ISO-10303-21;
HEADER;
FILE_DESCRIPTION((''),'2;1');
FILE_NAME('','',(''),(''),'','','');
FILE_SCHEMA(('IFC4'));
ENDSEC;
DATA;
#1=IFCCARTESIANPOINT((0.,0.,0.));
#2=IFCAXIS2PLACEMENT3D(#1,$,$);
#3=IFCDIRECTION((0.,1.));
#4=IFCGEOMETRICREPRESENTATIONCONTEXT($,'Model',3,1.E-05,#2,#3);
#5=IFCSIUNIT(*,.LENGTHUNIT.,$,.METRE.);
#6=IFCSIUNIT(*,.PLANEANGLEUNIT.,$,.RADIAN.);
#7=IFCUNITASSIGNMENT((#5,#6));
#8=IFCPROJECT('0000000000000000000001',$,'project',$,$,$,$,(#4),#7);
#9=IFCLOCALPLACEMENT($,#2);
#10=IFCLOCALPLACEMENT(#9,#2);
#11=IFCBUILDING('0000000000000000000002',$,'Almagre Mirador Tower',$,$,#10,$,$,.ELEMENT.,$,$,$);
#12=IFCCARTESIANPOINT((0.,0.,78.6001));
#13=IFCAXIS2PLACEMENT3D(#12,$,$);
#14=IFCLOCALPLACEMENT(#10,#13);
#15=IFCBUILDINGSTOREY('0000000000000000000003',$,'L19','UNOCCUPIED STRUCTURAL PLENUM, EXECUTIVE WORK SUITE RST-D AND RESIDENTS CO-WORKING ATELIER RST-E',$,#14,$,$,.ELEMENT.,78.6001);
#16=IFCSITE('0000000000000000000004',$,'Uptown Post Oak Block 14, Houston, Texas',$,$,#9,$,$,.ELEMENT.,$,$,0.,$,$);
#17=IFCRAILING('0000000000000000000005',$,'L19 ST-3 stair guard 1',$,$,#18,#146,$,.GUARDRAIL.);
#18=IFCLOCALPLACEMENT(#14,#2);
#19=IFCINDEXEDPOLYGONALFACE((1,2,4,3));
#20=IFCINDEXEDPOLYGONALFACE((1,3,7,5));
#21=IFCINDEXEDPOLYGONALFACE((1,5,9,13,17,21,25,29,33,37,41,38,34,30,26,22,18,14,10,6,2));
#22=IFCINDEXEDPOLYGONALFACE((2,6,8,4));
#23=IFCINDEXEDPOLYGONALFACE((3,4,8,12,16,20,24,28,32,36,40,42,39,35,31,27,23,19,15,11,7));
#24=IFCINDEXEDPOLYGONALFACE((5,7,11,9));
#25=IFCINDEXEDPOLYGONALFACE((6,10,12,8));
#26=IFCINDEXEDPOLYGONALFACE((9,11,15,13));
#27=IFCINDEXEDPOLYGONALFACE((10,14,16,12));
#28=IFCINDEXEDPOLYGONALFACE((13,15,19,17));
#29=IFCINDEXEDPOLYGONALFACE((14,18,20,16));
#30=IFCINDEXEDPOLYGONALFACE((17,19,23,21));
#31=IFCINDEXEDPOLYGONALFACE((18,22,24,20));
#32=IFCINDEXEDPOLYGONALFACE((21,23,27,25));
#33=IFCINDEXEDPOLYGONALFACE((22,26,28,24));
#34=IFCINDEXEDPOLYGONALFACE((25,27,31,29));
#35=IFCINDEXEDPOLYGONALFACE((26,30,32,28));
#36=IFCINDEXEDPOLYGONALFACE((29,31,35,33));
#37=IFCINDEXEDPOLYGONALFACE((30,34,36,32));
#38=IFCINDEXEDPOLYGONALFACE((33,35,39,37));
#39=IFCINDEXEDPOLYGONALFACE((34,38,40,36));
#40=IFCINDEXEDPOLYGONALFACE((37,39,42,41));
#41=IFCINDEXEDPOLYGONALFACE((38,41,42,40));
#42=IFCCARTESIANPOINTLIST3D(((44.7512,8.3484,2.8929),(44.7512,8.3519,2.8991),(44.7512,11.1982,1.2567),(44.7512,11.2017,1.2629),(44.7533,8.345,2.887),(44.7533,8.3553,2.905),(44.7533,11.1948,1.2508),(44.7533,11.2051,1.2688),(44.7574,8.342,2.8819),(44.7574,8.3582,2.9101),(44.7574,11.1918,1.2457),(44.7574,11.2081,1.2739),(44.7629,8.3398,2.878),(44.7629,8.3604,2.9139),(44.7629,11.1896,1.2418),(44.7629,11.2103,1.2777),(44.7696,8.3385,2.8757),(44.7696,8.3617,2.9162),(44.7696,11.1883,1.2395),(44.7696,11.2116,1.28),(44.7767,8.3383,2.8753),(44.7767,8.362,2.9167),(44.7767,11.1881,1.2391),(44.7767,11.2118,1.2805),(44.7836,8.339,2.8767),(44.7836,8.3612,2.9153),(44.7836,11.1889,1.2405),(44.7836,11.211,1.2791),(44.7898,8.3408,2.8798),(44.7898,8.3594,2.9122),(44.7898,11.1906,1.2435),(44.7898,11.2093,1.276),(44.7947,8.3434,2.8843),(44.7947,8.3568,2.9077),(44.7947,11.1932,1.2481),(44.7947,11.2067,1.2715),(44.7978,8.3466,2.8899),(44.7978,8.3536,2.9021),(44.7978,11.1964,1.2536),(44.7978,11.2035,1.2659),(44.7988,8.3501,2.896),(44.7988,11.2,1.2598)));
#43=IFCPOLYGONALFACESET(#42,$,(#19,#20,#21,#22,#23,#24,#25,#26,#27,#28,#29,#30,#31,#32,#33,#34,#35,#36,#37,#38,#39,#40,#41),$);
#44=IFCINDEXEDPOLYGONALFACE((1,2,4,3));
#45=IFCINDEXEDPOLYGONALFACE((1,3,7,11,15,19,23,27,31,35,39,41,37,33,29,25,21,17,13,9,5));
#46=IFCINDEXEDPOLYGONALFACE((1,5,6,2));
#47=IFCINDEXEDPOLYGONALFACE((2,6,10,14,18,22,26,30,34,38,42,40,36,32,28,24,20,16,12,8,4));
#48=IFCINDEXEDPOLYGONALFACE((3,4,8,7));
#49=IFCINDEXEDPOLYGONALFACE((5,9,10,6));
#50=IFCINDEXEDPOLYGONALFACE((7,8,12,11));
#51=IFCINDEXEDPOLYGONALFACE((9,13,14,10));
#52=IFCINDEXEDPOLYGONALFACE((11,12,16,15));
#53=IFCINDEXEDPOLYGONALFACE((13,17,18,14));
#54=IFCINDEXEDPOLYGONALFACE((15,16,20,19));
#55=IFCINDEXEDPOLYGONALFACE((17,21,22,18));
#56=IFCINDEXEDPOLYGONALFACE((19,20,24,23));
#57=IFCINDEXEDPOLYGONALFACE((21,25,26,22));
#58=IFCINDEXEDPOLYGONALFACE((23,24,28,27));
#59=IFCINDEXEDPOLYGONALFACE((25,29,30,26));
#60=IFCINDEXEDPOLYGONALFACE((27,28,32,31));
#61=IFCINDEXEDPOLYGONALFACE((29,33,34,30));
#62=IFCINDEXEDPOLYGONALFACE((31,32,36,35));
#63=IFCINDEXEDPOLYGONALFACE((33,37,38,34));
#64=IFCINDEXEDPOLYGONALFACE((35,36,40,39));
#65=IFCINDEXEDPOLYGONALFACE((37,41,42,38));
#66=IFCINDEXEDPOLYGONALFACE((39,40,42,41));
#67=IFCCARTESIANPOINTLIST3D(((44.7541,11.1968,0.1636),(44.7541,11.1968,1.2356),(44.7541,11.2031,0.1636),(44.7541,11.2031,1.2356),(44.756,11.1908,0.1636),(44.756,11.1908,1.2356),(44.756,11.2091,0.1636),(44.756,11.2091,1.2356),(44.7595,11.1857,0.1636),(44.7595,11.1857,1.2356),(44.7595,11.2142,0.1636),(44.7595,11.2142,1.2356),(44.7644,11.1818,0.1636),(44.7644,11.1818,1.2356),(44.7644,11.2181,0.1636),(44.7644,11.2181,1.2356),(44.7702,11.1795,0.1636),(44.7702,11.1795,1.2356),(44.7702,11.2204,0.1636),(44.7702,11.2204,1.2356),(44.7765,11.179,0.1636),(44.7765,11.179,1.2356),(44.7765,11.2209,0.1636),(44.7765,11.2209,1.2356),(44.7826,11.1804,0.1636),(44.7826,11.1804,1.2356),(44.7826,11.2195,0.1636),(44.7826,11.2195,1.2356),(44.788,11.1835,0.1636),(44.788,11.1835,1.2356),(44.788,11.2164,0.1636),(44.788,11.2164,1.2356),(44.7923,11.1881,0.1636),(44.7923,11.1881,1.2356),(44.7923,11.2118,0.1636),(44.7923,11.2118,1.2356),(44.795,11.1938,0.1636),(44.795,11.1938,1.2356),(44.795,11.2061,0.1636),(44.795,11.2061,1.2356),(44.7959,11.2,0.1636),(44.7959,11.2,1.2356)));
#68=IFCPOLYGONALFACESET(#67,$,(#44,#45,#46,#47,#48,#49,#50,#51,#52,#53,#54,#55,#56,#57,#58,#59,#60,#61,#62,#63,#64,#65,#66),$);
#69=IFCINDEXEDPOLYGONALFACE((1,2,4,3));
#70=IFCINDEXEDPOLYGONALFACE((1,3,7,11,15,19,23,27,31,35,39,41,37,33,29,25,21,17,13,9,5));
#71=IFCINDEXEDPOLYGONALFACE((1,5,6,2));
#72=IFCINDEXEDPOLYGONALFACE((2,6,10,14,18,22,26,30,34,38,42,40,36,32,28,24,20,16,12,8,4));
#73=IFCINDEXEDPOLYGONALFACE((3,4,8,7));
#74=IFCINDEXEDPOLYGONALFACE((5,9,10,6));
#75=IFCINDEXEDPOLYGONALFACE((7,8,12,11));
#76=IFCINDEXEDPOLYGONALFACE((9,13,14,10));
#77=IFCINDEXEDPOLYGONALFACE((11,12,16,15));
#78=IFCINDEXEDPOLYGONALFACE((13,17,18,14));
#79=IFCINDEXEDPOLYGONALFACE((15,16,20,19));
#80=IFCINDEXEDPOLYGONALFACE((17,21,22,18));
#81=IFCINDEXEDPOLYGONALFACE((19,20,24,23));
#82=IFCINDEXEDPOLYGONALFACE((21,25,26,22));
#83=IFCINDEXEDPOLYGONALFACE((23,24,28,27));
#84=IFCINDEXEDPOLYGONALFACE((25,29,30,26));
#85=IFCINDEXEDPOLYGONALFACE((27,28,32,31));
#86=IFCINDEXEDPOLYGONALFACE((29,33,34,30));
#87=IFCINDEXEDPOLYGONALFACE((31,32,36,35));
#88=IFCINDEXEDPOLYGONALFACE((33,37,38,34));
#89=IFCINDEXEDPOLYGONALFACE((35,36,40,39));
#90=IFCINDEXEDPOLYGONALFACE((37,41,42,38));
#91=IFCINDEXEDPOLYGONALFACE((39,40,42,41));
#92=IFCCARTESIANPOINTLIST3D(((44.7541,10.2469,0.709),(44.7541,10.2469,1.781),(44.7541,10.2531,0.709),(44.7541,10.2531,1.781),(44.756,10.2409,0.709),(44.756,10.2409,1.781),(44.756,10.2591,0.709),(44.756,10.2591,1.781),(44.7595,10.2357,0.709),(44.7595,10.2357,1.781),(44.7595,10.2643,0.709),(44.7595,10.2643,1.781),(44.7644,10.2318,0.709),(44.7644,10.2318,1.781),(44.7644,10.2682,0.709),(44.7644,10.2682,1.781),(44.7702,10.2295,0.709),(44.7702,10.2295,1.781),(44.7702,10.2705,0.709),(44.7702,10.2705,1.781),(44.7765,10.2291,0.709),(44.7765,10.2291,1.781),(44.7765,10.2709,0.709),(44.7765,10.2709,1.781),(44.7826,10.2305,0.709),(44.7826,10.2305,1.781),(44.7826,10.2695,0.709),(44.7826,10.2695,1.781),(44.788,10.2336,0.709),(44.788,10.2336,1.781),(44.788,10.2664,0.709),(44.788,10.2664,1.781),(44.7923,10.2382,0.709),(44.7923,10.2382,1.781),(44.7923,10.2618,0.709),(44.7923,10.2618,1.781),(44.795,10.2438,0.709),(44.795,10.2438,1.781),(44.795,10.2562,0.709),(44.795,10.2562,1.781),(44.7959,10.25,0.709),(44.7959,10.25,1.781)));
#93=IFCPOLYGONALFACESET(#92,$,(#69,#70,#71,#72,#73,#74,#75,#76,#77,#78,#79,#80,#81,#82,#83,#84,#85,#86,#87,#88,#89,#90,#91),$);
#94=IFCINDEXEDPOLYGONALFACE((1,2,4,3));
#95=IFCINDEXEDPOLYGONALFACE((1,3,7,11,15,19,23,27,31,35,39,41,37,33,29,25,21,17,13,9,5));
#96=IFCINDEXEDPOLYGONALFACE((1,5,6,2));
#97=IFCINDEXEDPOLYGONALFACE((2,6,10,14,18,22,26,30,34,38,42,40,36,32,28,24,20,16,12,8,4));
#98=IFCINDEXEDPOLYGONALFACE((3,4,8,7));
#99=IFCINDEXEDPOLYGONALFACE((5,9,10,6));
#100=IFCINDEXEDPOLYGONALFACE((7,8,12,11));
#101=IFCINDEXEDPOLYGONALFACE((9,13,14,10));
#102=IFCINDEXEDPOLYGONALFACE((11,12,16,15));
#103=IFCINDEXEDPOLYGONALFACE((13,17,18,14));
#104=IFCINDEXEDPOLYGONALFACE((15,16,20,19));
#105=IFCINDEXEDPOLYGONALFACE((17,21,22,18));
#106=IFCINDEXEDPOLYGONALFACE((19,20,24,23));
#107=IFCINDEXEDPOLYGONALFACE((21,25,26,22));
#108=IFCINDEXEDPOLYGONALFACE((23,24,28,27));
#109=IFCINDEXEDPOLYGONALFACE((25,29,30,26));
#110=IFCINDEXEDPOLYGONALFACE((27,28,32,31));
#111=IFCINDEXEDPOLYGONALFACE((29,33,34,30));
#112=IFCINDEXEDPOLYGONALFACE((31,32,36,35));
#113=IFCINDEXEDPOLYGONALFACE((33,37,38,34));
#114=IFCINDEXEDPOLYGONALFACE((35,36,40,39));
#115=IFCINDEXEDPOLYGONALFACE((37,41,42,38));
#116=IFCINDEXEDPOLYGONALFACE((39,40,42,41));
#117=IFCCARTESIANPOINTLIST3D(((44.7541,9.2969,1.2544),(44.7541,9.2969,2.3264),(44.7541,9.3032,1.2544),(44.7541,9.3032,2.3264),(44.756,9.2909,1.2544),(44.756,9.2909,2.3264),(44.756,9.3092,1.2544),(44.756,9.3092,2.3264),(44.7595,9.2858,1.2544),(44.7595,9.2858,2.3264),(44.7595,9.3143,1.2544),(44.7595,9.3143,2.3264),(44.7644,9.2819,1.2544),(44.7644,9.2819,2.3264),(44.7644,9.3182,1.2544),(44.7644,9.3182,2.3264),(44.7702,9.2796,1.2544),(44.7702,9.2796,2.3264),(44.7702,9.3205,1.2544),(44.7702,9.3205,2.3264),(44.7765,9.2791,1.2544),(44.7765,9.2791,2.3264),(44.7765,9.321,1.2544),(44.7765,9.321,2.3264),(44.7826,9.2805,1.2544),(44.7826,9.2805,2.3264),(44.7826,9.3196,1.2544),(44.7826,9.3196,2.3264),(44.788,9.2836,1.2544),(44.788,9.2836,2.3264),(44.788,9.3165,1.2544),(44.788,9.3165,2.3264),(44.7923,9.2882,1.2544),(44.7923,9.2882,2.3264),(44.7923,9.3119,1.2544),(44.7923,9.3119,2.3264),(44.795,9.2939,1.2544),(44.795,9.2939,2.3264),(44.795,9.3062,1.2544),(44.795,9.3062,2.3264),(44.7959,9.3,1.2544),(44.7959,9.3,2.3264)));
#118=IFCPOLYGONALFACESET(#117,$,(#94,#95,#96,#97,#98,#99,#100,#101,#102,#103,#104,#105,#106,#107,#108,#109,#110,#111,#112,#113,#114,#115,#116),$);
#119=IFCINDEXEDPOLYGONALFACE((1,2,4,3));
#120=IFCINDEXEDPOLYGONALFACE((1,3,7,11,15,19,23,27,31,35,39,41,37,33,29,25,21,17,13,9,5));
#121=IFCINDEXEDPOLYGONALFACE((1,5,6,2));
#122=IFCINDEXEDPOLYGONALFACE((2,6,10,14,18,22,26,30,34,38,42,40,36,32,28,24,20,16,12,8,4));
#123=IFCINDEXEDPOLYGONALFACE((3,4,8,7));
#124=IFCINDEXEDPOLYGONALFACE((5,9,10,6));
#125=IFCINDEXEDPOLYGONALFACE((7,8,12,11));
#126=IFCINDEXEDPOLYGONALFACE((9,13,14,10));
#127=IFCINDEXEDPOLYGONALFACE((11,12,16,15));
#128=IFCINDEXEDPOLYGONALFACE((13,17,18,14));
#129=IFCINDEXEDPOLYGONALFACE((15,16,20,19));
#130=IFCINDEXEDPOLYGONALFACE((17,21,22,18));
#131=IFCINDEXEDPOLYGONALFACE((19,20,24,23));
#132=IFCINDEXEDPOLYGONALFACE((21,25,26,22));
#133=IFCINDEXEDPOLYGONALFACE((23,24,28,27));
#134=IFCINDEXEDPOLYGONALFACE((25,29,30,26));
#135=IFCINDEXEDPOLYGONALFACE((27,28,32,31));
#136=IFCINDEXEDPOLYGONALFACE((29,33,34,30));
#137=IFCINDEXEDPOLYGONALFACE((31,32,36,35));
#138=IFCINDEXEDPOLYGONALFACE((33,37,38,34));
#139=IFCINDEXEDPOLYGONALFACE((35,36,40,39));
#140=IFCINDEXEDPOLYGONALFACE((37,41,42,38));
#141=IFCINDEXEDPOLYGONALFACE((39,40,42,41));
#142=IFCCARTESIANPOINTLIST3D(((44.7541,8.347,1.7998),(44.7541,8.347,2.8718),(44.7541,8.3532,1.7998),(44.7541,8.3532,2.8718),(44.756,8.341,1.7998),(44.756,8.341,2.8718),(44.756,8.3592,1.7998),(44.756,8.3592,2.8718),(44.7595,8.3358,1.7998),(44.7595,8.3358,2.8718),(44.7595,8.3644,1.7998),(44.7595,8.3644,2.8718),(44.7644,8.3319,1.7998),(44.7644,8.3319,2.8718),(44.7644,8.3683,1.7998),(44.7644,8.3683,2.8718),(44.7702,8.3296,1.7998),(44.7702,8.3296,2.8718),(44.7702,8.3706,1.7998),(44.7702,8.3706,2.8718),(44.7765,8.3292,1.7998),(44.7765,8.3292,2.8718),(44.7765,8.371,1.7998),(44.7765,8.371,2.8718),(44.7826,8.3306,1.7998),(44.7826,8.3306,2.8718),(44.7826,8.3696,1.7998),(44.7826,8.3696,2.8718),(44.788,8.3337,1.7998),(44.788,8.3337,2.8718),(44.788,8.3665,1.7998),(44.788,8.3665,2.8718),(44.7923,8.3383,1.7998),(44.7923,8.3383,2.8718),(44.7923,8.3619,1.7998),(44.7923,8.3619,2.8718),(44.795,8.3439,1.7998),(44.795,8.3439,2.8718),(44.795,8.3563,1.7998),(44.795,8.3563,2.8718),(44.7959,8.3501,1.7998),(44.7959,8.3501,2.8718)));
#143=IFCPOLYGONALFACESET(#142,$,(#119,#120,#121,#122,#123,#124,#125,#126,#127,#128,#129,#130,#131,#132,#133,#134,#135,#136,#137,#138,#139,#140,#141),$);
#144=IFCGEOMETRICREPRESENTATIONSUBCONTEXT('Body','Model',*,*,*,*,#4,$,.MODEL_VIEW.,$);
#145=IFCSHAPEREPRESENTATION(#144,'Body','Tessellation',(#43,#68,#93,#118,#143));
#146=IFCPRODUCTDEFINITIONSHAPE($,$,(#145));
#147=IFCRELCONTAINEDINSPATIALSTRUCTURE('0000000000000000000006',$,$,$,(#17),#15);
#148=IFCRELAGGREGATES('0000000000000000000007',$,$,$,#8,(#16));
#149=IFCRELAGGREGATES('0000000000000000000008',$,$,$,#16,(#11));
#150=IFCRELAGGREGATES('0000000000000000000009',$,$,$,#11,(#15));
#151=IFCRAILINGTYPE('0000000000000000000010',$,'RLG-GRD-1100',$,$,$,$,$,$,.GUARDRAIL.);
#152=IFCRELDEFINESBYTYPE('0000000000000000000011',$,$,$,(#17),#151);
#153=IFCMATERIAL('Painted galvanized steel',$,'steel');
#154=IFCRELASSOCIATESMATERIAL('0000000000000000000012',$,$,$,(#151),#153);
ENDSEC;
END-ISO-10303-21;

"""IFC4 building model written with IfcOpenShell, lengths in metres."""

from ifc_helpers import new_model, si_unit, direction, frame, origin, origin_2d, place, context, subcontext, project, spatial, circle, extrude, material, type_object, element, save


model = new_model("IFC4")

# Units and contexts
model_context = context("Model", 3, precision=1e-05, world=origin(), true_north=direction((0.0, 1.0)))
body_context = subcontext(model_context, "Body", "Model", "MODEL_VIEW")
ifc_project = project(units=[si_unit("LENGTHUNIT", "METRE"), si_unit("PLANEANGLEUNIT", "RADIAN")], contexts=[model_context])

# Site, building, storey
site_placement = place(None, origin())
site = spatial("IfcSite", under=ifc_project, at=site_placement, Name="Uptown Post Oak Block 14, Houston, Texas", CompositionType="ELEMENT", RefElevation=0.0)
building_placement = place(site_placement, origin())
building = spatial("IfcBuilding", under=site, at=building_placement, Name="Almagre Mirador Tower", CompositionType="ELEMENT")
storey_placement = place(building_placement, frame((0.0, 0.0, 78.6001)))
storey = spatial("IfcBuildingStorey", under=building, at=storey_placement, Name="L19", Description="UNOCCUPIED STRUCTURAL PLENUM, EXECUTIVE WORK SUITE RST-D AND RESIDENTS CO-WORKING ATELIER RST-E", CompositionType="ELEMENT", Elevation=78.6001)

# Railing
ifc_material_1 = material(Name="Painted galvanized steel", Category="steel")
railing_type_1 = type_object("IfcRailingType", Name="RLG-GRD-1100", PredefinedType="GUARDRAIL", material=ifc_material_1)
railing_1_placement = place(storey_placement, frame((44.7749, 11.2, 0.1636)))
element("IfcRailing", 1, at=railing_1_placement, inside=storey, type_object=railing_type_1, Name="L19 ST-3 stair guard 1", PredefinedType="GUARDRAIL", context=body_context, shape_type="SweptSolid", body=[
    extrude(circle(Radius=0.0239, at=origin_2d()), frame((0.0, 0.0, 1.0962), z_axis=(0.0, -0.867226, 0.497914), x_axis=(1.0, 0.0, 0.0)), (0.0, 0.0, 1.0), 3.2861),
    extrude(circle(Radius=0.021, at=origin_2d()), origin(), (0.0, 0.0, 1.0), 1.072),
    extrude(circle(Radius=0.021, at=origin_2d()), frame((0.0, -0.95, 0.5454)), (0.0, 0.0, 1.0), 1.072),
    extrude(circle(Radius=0.021, at=origin_2d()), frame((0.0, -1.8999, 1.0908)), (0.0, 0.0, 1.0), 1.072),
    extrude(circle(Radius=0.021, at=origin_2d()), frame((0.0, -2.8499, 1.6362)), (0.0, 0.0, 1.0), 1.072),
])

save(model, "model.ifc")
